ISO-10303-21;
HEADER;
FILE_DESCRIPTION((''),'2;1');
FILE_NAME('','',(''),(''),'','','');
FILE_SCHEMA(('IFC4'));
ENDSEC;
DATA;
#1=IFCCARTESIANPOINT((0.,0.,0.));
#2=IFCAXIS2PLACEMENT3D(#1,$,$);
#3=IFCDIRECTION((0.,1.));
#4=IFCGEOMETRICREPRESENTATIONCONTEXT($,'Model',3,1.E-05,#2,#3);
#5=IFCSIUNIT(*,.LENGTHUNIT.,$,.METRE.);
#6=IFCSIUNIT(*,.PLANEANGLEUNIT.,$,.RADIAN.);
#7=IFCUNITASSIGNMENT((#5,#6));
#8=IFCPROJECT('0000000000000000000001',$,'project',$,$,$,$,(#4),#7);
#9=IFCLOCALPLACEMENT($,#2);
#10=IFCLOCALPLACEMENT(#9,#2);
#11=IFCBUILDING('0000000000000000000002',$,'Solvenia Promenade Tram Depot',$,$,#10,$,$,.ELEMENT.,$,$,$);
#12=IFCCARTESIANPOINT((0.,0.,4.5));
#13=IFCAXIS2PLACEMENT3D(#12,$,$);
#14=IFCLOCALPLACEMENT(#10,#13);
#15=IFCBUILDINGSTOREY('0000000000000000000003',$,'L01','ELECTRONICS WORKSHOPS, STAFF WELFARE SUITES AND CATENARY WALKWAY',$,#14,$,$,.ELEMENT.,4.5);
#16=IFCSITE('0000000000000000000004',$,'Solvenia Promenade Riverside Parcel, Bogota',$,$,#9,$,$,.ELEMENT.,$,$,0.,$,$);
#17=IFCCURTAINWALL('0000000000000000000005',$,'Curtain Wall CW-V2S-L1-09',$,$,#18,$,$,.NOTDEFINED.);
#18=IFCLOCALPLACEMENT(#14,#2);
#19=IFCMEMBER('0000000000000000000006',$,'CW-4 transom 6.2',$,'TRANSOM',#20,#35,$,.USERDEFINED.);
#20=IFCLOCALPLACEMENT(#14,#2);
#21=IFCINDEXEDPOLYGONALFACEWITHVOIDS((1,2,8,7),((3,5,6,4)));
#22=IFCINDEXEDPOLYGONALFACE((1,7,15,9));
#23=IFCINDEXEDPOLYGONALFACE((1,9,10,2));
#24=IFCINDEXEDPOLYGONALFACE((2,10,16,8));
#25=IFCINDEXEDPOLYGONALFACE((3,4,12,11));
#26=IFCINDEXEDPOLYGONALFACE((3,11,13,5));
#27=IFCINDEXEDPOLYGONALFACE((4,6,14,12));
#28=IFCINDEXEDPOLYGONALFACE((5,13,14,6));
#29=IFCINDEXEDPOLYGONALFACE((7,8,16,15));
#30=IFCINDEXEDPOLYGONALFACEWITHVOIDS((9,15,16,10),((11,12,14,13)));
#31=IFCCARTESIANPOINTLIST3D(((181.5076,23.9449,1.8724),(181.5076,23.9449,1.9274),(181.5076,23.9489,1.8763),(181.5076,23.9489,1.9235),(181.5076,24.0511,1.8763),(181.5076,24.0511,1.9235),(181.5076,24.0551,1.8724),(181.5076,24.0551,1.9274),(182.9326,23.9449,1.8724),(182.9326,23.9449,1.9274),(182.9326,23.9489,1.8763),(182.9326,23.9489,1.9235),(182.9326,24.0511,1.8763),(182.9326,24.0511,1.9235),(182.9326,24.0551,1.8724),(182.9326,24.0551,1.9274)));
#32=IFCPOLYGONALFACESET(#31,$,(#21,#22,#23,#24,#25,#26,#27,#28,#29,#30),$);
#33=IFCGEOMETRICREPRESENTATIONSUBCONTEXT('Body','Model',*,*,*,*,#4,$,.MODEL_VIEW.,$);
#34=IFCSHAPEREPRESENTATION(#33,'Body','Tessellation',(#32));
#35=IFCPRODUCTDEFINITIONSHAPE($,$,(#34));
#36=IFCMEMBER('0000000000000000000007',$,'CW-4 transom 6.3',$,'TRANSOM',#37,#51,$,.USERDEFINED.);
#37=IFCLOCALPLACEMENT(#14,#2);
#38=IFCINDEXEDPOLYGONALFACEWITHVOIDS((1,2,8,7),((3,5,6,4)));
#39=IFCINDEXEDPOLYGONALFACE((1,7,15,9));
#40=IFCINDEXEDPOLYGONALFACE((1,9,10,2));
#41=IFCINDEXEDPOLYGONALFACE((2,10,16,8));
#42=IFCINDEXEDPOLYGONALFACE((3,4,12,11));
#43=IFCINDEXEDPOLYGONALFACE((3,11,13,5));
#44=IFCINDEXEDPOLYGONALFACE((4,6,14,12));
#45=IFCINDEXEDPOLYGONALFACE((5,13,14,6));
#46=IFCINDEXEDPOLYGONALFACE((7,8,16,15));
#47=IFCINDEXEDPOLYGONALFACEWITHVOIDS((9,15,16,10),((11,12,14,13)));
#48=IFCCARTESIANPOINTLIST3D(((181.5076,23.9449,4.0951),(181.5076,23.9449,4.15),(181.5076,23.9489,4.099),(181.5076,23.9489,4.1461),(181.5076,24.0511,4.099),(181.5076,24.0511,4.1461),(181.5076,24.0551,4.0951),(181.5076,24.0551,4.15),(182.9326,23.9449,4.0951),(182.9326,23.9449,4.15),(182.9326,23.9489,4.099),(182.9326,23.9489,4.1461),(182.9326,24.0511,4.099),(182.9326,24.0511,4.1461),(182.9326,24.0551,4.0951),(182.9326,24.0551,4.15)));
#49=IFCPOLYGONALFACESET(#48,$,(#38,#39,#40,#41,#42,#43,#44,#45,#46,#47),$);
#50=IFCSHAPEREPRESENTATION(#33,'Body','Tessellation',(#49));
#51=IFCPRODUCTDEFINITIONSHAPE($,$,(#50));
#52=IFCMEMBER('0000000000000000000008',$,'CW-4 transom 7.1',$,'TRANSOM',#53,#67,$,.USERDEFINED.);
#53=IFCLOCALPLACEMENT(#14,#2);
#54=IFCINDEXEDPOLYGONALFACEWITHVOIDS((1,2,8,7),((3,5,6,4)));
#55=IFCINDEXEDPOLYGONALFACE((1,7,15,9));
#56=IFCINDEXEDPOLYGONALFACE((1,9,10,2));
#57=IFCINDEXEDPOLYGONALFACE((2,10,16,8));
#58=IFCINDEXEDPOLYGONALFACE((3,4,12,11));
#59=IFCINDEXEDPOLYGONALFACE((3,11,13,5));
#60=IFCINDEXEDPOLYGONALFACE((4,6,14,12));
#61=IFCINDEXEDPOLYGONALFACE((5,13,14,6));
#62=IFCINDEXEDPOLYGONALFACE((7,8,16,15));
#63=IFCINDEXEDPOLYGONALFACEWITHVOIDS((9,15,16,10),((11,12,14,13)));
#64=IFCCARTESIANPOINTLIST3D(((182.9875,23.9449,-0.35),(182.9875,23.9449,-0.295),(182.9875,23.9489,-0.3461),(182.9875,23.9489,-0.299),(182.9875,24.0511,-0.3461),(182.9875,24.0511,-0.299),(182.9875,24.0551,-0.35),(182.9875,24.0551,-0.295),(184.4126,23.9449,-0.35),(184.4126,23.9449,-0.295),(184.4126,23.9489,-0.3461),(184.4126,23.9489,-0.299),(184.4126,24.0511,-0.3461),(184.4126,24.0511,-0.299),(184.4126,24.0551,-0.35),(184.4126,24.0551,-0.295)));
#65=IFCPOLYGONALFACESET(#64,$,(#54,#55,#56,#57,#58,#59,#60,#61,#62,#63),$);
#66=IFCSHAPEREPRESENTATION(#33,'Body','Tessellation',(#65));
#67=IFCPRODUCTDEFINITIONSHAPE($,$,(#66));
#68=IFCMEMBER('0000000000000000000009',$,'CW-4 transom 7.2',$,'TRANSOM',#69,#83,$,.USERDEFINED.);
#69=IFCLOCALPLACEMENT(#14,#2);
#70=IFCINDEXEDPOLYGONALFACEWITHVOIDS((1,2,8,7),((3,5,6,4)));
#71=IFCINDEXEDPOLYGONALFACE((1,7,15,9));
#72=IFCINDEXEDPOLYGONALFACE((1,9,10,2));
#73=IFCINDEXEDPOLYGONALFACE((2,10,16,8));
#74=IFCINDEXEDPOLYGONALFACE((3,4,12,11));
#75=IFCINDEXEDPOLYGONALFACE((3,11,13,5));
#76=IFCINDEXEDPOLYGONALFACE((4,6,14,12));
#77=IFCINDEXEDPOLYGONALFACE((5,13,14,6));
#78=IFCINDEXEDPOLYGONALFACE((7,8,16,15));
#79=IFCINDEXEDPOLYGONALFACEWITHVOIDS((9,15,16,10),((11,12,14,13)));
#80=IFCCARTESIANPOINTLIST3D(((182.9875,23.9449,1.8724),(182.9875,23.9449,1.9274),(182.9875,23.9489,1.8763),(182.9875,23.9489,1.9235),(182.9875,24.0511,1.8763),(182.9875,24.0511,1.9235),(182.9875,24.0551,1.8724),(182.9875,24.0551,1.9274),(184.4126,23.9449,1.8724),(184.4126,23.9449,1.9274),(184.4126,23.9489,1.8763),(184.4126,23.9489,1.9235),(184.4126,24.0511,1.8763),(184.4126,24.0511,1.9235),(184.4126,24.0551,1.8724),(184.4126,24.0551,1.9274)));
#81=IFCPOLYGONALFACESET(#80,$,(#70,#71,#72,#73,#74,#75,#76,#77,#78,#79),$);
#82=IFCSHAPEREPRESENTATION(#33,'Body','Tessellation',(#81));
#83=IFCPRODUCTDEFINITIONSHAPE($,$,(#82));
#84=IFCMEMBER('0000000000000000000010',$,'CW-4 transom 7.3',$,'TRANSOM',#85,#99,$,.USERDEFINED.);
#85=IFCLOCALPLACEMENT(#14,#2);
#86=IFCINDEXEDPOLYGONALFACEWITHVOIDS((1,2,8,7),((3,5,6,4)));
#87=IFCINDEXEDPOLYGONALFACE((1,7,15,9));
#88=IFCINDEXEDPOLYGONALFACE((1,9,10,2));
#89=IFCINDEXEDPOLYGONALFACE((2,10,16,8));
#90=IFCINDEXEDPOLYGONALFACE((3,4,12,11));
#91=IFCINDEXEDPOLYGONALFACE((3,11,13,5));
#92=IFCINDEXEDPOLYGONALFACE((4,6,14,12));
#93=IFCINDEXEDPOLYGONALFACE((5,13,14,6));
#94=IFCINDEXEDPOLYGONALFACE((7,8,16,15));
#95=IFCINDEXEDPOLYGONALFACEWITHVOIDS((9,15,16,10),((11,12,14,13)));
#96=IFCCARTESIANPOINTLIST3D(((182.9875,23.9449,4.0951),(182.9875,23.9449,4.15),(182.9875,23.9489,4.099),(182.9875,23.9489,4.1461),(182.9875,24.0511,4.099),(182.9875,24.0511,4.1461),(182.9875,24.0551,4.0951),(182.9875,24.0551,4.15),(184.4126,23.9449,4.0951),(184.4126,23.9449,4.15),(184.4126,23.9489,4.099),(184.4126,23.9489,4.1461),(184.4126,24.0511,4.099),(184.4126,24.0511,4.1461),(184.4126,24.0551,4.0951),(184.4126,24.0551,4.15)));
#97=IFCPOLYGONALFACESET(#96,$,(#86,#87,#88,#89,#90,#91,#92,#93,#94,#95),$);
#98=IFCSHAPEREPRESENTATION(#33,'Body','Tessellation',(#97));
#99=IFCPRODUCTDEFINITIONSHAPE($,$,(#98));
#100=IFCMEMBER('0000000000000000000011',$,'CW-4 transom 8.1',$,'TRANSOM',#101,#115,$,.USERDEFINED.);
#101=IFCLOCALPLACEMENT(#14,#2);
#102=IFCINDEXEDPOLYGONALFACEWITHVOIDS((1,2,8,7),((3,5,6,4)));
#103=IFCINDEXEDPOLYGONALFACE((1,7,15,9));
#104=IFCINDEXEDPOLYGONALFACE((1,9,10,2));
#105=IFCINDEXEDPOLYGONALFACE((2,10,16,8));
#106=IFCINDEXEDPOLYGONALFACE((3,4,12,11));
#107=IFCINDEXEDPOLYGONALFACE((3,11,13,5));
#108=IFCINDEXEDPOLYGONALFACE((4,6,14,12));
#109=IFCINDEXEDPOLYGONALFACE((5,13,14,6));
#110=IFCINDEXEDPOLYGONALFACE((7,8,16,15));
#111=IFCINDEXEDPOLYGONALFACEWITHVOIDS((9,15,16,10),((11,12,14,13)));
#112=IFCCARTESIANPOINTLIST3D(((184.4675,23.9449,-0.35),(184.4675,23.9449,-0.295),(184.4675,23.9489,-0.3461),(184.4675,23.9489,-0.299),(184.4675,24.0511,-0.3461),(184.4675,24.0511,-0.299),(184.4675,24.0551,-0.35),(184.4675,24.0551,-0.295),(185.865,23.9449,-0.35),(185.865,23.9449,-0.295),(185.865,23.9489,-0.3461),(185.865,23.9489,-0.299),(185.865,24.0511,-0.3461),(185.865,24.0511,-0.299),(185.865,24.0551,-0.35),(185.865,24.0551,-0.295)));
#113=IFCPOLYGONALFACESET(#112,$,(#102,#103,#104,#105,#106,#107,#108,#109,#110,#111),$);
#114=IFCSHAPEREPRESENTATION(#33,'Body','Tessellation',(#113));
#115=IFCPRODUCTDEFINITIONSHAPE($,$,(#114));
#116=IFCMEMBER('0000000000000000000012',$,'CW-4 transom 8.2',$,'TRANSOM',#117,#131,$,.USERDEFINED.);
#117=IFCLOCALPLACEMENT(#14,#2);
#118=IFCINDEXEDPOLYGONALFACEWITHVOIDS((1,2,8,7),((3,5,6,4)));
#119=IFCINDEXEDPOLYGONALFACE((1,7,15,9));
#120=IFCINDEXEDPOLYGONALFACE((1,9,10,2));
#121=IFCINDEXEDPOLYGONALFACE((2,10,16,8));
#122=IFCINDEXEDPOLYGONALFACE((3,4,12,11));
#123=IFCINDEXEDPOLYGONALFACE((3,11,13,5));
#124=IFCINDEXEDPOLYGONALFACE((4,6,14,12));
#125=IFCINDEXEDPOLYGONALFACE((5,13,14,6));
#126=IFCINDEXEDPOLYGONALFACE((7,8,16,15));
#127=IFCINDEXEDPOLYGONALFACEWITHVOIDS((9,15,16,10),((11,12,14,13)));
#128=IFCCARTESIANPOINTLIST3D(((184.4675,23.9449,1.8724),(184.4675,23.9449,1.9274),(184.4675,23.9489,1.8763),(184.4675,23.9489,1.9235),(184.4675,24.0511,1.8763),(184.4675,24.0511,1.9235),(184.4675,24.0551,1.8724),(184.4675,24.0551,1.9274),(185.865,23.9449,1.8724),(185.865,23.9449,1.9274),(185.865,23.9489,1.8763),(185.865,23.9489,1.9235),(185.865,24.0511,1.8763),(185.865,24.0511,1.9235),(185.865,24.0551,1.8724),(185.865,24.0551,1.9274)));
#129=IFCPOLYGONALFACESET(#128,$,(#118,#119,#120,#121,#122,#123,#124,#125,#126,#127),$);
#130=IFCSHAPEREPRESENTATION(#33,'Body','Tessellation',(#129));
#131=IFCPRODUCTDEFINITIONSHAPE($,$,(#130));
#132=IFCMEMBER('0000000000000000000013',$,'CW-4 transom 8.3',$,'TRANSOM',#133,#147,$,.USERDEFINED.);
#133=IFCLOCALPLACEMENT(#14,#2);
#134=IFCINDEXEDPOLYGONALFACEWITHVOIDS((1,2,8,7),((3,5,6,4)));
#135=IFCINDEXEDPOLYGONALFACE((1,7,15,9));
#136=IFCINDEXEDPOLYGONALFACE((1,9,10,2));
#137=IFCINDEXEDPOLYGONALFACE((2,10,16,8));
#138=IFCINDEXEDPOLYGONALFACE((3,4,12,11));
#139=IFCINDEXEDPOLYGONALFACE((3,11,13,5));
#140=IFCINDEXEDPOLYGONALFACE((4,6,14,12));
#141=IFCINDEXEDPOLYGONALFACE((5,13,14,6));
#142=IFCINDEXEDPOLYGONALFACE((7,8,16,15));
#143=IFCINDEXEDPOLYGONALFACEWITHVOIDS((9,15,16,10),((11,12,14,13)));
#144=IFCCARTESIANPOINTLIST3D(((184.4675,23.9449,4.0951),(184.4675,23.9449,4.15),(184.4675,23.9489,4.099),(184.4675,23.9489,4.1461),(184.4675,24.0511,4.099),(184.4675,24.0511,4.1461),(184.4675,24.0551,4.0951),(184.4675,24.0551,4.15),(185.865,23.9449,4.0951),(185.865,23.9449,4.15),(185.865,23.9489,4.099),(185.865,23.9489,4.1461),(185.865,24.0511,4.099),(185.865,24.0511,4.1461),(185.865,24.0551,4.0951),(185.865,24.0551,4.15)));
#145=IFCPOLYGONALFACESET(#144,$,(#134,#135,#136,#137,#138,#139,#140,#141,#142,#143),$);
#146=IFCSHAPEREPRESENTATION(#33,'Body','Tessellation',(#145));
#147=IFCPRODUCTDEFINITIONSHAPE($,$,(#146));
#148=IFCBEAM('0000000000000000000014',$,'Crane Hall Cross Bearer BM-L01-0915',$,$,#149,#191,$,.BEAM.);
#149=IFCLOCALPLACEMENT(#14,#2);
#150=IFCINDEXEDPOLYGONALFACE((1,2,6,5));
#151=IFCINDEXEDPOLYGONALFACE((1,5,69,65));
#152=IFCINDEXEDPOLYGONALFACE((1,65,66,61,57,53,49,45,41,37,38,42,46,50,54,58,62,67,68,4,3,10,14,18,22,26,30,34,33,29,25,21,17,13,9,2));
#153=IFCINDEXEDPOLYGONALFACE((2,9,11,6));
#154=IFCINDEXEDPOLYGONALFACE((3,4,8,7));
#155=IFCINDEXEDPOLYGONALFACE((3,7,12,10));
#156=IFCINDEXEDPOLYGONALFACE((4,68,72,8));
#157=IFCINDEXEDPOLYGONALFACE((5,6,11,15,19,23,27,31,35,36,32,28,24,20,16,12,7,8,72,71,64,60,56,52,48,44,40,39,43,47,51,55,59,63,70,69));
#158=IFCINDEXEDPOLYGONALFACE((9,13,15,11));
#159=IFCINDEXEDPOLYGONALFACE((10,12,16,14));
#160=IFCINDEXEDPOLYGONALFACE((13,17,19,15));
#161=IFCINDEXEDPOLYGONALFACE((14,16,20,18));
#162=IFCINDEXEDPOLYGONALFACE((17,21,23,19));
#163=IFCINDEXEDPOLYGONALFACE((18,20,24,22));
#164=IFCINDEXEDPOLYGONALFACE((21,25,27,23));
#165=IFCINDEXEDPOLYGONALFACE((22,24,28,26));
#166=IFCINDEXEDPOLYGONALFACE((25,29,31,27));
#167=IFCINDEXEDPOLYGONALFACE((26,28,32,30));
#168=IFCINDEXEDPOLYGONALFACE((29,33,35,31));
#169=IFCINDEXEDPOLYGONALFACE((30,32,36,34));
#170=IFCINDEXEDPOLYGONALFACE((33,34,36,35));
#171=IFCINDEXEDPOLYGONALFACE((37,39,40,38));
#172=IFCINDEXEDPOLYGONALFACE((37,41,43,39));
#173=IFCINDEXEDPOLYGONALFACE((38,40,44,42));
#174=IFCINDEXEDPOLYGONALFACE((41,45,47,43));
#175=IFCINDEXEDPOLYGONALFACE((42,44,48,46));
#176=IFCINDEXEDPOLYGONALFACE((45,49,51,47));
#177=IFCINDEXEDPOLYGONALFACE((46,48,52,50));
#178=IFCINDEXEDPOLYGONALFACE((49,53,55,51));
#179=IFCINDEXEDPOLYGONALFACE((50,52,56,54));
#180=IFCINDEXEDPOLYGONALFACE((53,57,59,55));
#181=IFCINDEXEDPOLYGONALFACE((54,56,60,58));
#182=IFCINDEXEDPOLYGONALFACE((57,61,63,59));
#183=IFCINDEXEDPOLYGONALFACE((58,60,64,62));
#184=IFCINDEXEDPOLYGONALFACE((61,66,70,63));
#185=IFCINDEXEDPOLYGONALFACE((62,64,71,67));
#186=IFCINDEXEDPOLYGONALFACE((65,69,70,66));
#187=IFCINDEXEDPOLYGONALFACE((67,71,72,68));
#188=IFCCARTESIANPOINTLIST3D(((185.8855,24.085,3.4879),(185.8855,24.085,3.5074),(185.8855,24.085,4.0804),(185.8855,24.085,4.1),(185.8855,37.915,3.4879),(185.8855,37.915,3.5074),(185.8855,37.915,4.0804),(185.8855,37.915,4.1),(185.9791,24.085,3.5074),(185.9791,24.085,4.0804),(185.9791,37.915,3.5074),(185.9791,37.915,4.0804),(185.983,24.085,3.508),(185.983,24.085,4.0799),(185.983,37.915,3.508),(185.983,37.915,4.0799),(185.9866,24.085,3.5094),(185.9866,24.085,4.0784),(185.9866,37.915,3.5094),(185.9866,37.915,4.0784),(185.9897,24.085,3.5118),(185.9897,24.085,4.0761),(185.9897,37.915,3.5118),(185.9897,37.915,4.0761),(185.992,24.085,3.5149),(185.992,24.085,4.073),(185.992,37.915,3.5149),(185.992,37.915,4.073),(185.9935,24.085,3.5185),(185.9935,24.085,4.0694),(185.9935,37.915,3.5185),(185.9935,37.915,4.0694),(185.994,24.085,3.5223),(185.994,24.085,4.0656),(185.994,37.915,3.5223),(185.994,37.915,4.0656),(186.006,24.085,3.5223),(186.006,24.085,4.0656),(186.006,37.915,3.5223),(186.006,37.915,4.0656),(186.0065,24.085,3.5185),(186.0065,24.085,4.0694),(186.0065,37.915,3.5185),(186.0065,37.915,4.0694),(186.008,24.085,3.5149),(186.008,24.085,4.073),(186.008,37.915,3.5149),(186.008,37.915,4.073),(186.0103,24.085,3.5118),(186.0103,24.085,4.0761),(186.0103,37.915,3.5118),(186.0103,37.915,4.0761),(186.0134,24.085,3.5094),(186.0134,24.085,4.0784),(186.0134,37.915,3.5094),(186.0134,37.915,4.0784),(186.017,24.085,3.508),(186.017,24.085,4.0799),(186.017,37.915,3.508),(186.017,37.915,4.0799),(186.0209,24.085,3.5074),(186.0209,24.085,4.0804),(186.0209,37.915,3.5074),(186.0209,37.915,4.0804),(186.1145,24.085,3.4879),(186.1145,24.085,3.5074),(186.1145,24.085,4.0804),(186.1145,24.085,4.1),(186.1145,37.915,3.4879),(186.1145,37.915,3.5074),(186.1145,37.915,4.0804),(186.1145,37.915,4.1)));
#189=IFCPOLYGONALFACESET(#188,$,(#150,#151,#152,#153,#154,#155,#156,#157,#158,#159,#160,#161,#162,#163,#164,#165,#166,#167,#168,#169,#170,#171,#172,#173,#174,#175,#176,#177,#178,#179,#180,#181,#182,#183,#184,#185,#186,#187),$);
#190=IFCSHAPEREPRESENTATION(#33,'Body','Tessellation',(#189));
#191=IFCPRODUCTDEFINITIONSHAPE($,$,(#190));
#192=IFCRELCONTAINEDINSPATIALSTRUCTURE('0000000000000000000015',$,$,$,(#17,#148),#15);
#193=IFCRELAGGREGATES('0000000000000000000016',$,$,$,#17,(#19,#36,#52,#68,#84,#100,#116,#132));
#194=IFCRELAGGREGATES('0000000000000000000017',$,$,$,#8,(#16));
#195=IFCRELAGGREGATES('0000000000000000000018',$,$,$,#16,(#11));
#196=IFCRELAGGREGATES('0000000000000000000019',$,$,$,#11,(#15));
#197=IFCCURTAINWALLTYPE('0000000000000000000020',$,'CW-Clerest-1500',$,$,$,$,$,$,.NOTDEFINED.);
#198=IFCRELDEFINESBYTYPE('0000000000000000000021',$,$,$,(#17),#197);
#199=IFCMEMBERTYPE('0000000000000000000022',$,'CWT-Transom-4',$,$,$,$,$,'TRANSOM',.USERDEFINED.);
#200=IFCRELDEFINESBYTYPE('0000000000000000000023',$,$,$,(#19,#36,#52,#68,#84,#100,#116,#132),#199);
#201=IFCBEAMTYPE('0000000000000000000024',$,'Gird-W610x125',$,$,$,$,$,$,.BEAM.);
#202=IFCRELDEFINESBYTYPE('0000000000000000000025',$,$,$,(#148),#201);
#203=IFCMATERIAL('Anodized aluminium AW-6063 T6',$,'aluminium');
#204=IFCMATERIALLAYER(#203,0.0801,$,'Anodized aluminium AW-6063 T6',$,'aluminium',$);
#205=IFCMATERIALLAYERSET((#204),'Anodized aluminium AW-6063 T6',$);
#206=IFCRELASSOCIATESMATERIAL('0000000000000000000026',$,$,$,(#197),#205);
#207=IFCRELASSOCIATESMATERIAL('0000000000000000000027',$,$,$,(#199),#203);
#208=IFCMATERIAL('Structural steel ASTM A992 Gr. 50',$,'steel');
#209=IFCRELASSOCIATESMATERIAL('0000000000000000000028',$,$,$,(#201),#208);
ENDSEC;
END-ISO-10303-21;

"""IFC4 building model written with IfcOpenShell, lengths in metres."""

from ifc_helpers import new_model, si_unit, direction, frame, origin, origin_2d, place, context, subcontext, project, spatial, hollow_rectangle, i_section, extrude, material, layer, layer_set, material_profile, profile_set, type_object, element, aggregate, save


model = new_model("IFC4")

# Units and contexts
model_context = context("Model", 3, precision=1e-05, world=origin(), true_north=direction((0.0, 1.0)))
body_context = subcontext(model_context, "Body", "Model", "MODEL_VIEW")
ifc_project = project(units=[si_unit("LENGTHUNIT", "METRE"), si_unit("PLANEANGLEUNIT", "RADIAN")], contexts=[model_context])

# Site, building, storey
site_placement = place(None, origin())
site = spatial("IfcSite", under=ifc_project, at=site_placement, Name="Solvenia Promenade Riverside Parcel, Bogota", CompositionType="ELEMENT", RefElevation=0.0)
building_placement = place(site_placement, origin())
building = spatial("IfcBuilding", under=site, at=building_placement, Name="Solvenia Promenade Tram Depot", CompositionType="ELEMENT")
storey_placement = place(building_placement, frame((0.0, 0.0, 4.5)))
storey = spatial("IfcBuildingStorey", under=building, at=storey_placement, Name="L01", Description="ELECTRONICS WORKSHOPS, STAFF WELFARE SUITES AND CATENARY WALKWAY", CompositionType="ELEMENT", Elevation=4.5)

# Shared definitions
ifc_material_1 = material(Name="Structural steel ASTM A992 Gr. 50", Category="steel")

# Curtain wall, members
ifc_material_2 = material(Name="Anodized aluminium AW-6063 T6", Category="aluminium")
ifc_layer_1 = layer(ifc_material_2, 0.0801, Name="Anodized aluminium AW-6063 T6", Category="aluminium")
ifc_layer_set_1 = layer_set([ifc_layer_1], Name="Anodized aluminium AW-6063 T6")
curtain_wall_type = type_object("IfcCurtainWallType", Name="CW-Clerest-1500", PredefinedType="NOTDEFINED", material=ifc_layer_set_1)
curtain_wall_placement = place(storey_placement, origin())
curtain_wall = element("IfcCurtainWall", 1, at=curtain_wall_placement, inside=storey, type_object=curtain_wall_type, Name="Curtain Wall CW-V2S-L1-09", PredefinedType="NOTDEFINED")
ifc_material_profile_1 = material_profile(ifc_material_2, hollow_rectangle(XDim=0.1101, YDim=0.0549, WallThickness=0.0039, at=origin_2d()), Name="ALU-T4", Category="aluminium")
ifc_profile_set_1 = profile_set([ifc_material_profile_1], Name="Anodized aluminium AW-6063 T6")
member_type_1 = type_object("IfcMemberType", Name="CWT-Transom-4", ElementType="TRANSOM", PredefinedType="USERDEFINED", material=ifc_profile_set_1)
member_1_placement = place(storey_placement, frame((181.5076, 24.0, 1.8999), z_axis=(1.0, 0.0, 0.0), x_axis=(0.0, 1.0, 0.0)))
member_1 = element("IfcMember", 2, at=member_1_placement, type_object=member_type_1, Name="CW-4 transom 6.2", ObjectType="TRANSOM", PredefinedType="USERDEFINED", context=body_context, shape_type="SweptSolid", body=[
    extrude(hollow_rectangle(XDim=0.1101, YDim=0.0549, WallThickness=0.0039, at=origin_2d()), origin(), (0.0, 0.0, 1.0), 1.425),
])
member_2_placement = place(storey_placement, frame((181.5076, 24.0, 4.1226), z_axis=(1.0, 0.0, 0.0), x_axis=(0.0, 1.0, 0.0)))
member_2 = element("IfcMember", 3, at=member_2_placement, type_object=member_type_1, Name="CW-4 transom 6.3", ObjectType="TRANSOM", PredefinedType="USERDEFINED", context=body_context, shape_type="SweptSolid", body=[
    extrude(hollow_rectangle(XDim=0.1101, YDim=0.0549, WallThickness=0.0039, at=origin_2d()), origin(), (0.0, 0.0, 1.0), 1.425),
])
member_3_placement = place(storey_placement, frame((182.9875, 24.0, -0.3225), z_axis=(1.0, 0.0, 0.0), x_axis=(0.0, 1.0, 0.0)))
member_3 = element("IfcMember", 4, at=member_3_placement, type_object=member_type_1, Name="CW-4 transom 7.1", ObjectType="TRANSOM", PredefinedType="USERDEFINED", context=body_context, shape_type="SweptSolid", body=[
    extrude(hollow_rectangle(XDim=0.1101, YDim=0.0549, WallThickness=0.0039, at=origin_2d()), origin(), (0.0, 0.0, 1.0), 1.425),
])
member_4_placement = place(storey_placement, frame((182.9875, 24.0, 1.8999), z_axis=(1.0, 0.0, 0.0), x_axis=(0.0, 1.0, 0.0)))
member_4 = element("IfcMember", 5, at=member_4_placement, type_object=member_type_1, Name="CW-4 transom 7.2", ObjectType="TRANSOM", PredefinedType="USERDEFINED", context=body_context, shape_type="SweptSolid", body=[
    extrude(hollow_rectangle(XDim=0.1101, YDim=0.0549, WallThickness=0.0039, at=origin_2d()), origin(), (0.0, 0.0, 1.0), 1.425),
])
member_5_placement = place(storey_placement, frame((182.9875, 24.0, 4.1226), z_axis=(1.0, 0.0, 0.0), x_axis=(0.0, 1.0, 0.0)))
member_5 = element("IfcMember", 6, at=member_5_placement, type_object=member_type_1, Name="CW-4 transom 7.3", ObjectType="TRANSOM", PredefinedType="USERDEFINED", context=body_context, shape_type="SweptSolid", body=[
    extrude(hollow_rectangle(XDim=0.1101, YDim=0.0549, WallThickness=0.0039, at=origin_2d()), origin(), (0.0, 0.0, 1.0), 1.425),
])
member_6_placement = place(storey_placement, frame((184.4675, 24.0, -0.3225), z_axis=(1.0, 0.0, 0.0), x_axis=(0.0, 1.0, 0.0)))
member_6 = element("IfcMember", 7, at=member_6_placement, type_object=member_type_1, Name="CW-4 transom 8.1", ObjectType="TRANSOM", PredefinedType="USERDEFINED", context=body_context, shape_type="SweptSolid", body=[
    extrude(hollow_rectangle(XDim=0.1101, YDim=0.0549, WallThickness=0.0039, at=origin_2d()), origin(), (0.0, 0.0, 1.0), 1.3975),
])
member_7_placement = place(storey_placement, frame((184.4675, 24.0, 1.8999), z_axis=(1.0, 0.0, 0.0), x_axis=(0.0, 1.0, 0.0)))
member_7 = element("IfcMember", 8, at=member_7_placement, type_object=member_type_1, Name="CW-4 transom 8.2", ObjectType="TRANSOM", PredefinedType="USERDEFINED", context=body_context, shape_type="SweptSolid", body=[
    extrude(hollow_rectangle(XDim=0.1101, YDim=0.0549, WallThickness=0.0039, at=origin_2d()), origin(), (0.0, 0.0, 1.0), 1.3975),
])
member_8_placement = place(storey_placement, frame((184.4675, 24.0, 4.1226), z_axis=(1.0, 0.0, 0.0), x_axis=(0.0, 1.0, 0.0)))
member_8 = element("IfcMember", 9, at=member_8_placement, type_object=member_type_1, Name="CW-4 transom 8.3", ObjectType="TRANSOM", PredefinedType="USERDEFINED", context=body_context, shape_type="SweptSolid", body=[
    extrude(hollow_rectangle(XDim=0.1101, YDim=0.0549, WallThickness=0.0039, at=origin_2d()), origin(), (0.0, 0.0, 1.0), 1.3975),
])

# Beam
ifc_material_profile_2 = material_profile(ifc_material_1, i_section(OverallWidth=0.229, OverallDepth=0.6121, WebThickness=0.012, FlangeThickness=0.0195, FilletRadius=0.0149, at=origin_2d()), Name="W610x125", Category="steel")
ifc_profile_set_2 = profile_set([ifc_material_profile_2], Name="Structural steel ASTM A992 Gr. 50")
beam_type = type_object("IfcBeamType", Name="Gird-W610x125", PredefinedType="BEAM", material=ifc_profile_set_2)
beam_placement = place(storey_placement, frame((186.0, 24.085, 3.7939), z_axis=(0.0, 1.0, 0.0), x_axis=(-1.0, 0.0, 0.0)))
element("IfcBeam", 10, at=beam_placement, inside=storey, type_object=beam_type, Name="Crane Hall Cross Bearer BM-L01-0915", PredefinedType="BEAM", context=body_context, shape_type="SweptSolid", body=[
    extrude(i_section(OverallWidth=0.229, OverallDepth=0.6121, WebThickness=0.012, FlangeThickness=0.0195, FilletRadius=0.0149, at=origin_2d()), origin(), (0.0, 0.0, 1.0), 13.8301),
])

aggregate(curtain_wall, [member_1, member_2, member_3, member_4, member_5, member_6, member_7, member_8])

save(model, "model.ifc")
